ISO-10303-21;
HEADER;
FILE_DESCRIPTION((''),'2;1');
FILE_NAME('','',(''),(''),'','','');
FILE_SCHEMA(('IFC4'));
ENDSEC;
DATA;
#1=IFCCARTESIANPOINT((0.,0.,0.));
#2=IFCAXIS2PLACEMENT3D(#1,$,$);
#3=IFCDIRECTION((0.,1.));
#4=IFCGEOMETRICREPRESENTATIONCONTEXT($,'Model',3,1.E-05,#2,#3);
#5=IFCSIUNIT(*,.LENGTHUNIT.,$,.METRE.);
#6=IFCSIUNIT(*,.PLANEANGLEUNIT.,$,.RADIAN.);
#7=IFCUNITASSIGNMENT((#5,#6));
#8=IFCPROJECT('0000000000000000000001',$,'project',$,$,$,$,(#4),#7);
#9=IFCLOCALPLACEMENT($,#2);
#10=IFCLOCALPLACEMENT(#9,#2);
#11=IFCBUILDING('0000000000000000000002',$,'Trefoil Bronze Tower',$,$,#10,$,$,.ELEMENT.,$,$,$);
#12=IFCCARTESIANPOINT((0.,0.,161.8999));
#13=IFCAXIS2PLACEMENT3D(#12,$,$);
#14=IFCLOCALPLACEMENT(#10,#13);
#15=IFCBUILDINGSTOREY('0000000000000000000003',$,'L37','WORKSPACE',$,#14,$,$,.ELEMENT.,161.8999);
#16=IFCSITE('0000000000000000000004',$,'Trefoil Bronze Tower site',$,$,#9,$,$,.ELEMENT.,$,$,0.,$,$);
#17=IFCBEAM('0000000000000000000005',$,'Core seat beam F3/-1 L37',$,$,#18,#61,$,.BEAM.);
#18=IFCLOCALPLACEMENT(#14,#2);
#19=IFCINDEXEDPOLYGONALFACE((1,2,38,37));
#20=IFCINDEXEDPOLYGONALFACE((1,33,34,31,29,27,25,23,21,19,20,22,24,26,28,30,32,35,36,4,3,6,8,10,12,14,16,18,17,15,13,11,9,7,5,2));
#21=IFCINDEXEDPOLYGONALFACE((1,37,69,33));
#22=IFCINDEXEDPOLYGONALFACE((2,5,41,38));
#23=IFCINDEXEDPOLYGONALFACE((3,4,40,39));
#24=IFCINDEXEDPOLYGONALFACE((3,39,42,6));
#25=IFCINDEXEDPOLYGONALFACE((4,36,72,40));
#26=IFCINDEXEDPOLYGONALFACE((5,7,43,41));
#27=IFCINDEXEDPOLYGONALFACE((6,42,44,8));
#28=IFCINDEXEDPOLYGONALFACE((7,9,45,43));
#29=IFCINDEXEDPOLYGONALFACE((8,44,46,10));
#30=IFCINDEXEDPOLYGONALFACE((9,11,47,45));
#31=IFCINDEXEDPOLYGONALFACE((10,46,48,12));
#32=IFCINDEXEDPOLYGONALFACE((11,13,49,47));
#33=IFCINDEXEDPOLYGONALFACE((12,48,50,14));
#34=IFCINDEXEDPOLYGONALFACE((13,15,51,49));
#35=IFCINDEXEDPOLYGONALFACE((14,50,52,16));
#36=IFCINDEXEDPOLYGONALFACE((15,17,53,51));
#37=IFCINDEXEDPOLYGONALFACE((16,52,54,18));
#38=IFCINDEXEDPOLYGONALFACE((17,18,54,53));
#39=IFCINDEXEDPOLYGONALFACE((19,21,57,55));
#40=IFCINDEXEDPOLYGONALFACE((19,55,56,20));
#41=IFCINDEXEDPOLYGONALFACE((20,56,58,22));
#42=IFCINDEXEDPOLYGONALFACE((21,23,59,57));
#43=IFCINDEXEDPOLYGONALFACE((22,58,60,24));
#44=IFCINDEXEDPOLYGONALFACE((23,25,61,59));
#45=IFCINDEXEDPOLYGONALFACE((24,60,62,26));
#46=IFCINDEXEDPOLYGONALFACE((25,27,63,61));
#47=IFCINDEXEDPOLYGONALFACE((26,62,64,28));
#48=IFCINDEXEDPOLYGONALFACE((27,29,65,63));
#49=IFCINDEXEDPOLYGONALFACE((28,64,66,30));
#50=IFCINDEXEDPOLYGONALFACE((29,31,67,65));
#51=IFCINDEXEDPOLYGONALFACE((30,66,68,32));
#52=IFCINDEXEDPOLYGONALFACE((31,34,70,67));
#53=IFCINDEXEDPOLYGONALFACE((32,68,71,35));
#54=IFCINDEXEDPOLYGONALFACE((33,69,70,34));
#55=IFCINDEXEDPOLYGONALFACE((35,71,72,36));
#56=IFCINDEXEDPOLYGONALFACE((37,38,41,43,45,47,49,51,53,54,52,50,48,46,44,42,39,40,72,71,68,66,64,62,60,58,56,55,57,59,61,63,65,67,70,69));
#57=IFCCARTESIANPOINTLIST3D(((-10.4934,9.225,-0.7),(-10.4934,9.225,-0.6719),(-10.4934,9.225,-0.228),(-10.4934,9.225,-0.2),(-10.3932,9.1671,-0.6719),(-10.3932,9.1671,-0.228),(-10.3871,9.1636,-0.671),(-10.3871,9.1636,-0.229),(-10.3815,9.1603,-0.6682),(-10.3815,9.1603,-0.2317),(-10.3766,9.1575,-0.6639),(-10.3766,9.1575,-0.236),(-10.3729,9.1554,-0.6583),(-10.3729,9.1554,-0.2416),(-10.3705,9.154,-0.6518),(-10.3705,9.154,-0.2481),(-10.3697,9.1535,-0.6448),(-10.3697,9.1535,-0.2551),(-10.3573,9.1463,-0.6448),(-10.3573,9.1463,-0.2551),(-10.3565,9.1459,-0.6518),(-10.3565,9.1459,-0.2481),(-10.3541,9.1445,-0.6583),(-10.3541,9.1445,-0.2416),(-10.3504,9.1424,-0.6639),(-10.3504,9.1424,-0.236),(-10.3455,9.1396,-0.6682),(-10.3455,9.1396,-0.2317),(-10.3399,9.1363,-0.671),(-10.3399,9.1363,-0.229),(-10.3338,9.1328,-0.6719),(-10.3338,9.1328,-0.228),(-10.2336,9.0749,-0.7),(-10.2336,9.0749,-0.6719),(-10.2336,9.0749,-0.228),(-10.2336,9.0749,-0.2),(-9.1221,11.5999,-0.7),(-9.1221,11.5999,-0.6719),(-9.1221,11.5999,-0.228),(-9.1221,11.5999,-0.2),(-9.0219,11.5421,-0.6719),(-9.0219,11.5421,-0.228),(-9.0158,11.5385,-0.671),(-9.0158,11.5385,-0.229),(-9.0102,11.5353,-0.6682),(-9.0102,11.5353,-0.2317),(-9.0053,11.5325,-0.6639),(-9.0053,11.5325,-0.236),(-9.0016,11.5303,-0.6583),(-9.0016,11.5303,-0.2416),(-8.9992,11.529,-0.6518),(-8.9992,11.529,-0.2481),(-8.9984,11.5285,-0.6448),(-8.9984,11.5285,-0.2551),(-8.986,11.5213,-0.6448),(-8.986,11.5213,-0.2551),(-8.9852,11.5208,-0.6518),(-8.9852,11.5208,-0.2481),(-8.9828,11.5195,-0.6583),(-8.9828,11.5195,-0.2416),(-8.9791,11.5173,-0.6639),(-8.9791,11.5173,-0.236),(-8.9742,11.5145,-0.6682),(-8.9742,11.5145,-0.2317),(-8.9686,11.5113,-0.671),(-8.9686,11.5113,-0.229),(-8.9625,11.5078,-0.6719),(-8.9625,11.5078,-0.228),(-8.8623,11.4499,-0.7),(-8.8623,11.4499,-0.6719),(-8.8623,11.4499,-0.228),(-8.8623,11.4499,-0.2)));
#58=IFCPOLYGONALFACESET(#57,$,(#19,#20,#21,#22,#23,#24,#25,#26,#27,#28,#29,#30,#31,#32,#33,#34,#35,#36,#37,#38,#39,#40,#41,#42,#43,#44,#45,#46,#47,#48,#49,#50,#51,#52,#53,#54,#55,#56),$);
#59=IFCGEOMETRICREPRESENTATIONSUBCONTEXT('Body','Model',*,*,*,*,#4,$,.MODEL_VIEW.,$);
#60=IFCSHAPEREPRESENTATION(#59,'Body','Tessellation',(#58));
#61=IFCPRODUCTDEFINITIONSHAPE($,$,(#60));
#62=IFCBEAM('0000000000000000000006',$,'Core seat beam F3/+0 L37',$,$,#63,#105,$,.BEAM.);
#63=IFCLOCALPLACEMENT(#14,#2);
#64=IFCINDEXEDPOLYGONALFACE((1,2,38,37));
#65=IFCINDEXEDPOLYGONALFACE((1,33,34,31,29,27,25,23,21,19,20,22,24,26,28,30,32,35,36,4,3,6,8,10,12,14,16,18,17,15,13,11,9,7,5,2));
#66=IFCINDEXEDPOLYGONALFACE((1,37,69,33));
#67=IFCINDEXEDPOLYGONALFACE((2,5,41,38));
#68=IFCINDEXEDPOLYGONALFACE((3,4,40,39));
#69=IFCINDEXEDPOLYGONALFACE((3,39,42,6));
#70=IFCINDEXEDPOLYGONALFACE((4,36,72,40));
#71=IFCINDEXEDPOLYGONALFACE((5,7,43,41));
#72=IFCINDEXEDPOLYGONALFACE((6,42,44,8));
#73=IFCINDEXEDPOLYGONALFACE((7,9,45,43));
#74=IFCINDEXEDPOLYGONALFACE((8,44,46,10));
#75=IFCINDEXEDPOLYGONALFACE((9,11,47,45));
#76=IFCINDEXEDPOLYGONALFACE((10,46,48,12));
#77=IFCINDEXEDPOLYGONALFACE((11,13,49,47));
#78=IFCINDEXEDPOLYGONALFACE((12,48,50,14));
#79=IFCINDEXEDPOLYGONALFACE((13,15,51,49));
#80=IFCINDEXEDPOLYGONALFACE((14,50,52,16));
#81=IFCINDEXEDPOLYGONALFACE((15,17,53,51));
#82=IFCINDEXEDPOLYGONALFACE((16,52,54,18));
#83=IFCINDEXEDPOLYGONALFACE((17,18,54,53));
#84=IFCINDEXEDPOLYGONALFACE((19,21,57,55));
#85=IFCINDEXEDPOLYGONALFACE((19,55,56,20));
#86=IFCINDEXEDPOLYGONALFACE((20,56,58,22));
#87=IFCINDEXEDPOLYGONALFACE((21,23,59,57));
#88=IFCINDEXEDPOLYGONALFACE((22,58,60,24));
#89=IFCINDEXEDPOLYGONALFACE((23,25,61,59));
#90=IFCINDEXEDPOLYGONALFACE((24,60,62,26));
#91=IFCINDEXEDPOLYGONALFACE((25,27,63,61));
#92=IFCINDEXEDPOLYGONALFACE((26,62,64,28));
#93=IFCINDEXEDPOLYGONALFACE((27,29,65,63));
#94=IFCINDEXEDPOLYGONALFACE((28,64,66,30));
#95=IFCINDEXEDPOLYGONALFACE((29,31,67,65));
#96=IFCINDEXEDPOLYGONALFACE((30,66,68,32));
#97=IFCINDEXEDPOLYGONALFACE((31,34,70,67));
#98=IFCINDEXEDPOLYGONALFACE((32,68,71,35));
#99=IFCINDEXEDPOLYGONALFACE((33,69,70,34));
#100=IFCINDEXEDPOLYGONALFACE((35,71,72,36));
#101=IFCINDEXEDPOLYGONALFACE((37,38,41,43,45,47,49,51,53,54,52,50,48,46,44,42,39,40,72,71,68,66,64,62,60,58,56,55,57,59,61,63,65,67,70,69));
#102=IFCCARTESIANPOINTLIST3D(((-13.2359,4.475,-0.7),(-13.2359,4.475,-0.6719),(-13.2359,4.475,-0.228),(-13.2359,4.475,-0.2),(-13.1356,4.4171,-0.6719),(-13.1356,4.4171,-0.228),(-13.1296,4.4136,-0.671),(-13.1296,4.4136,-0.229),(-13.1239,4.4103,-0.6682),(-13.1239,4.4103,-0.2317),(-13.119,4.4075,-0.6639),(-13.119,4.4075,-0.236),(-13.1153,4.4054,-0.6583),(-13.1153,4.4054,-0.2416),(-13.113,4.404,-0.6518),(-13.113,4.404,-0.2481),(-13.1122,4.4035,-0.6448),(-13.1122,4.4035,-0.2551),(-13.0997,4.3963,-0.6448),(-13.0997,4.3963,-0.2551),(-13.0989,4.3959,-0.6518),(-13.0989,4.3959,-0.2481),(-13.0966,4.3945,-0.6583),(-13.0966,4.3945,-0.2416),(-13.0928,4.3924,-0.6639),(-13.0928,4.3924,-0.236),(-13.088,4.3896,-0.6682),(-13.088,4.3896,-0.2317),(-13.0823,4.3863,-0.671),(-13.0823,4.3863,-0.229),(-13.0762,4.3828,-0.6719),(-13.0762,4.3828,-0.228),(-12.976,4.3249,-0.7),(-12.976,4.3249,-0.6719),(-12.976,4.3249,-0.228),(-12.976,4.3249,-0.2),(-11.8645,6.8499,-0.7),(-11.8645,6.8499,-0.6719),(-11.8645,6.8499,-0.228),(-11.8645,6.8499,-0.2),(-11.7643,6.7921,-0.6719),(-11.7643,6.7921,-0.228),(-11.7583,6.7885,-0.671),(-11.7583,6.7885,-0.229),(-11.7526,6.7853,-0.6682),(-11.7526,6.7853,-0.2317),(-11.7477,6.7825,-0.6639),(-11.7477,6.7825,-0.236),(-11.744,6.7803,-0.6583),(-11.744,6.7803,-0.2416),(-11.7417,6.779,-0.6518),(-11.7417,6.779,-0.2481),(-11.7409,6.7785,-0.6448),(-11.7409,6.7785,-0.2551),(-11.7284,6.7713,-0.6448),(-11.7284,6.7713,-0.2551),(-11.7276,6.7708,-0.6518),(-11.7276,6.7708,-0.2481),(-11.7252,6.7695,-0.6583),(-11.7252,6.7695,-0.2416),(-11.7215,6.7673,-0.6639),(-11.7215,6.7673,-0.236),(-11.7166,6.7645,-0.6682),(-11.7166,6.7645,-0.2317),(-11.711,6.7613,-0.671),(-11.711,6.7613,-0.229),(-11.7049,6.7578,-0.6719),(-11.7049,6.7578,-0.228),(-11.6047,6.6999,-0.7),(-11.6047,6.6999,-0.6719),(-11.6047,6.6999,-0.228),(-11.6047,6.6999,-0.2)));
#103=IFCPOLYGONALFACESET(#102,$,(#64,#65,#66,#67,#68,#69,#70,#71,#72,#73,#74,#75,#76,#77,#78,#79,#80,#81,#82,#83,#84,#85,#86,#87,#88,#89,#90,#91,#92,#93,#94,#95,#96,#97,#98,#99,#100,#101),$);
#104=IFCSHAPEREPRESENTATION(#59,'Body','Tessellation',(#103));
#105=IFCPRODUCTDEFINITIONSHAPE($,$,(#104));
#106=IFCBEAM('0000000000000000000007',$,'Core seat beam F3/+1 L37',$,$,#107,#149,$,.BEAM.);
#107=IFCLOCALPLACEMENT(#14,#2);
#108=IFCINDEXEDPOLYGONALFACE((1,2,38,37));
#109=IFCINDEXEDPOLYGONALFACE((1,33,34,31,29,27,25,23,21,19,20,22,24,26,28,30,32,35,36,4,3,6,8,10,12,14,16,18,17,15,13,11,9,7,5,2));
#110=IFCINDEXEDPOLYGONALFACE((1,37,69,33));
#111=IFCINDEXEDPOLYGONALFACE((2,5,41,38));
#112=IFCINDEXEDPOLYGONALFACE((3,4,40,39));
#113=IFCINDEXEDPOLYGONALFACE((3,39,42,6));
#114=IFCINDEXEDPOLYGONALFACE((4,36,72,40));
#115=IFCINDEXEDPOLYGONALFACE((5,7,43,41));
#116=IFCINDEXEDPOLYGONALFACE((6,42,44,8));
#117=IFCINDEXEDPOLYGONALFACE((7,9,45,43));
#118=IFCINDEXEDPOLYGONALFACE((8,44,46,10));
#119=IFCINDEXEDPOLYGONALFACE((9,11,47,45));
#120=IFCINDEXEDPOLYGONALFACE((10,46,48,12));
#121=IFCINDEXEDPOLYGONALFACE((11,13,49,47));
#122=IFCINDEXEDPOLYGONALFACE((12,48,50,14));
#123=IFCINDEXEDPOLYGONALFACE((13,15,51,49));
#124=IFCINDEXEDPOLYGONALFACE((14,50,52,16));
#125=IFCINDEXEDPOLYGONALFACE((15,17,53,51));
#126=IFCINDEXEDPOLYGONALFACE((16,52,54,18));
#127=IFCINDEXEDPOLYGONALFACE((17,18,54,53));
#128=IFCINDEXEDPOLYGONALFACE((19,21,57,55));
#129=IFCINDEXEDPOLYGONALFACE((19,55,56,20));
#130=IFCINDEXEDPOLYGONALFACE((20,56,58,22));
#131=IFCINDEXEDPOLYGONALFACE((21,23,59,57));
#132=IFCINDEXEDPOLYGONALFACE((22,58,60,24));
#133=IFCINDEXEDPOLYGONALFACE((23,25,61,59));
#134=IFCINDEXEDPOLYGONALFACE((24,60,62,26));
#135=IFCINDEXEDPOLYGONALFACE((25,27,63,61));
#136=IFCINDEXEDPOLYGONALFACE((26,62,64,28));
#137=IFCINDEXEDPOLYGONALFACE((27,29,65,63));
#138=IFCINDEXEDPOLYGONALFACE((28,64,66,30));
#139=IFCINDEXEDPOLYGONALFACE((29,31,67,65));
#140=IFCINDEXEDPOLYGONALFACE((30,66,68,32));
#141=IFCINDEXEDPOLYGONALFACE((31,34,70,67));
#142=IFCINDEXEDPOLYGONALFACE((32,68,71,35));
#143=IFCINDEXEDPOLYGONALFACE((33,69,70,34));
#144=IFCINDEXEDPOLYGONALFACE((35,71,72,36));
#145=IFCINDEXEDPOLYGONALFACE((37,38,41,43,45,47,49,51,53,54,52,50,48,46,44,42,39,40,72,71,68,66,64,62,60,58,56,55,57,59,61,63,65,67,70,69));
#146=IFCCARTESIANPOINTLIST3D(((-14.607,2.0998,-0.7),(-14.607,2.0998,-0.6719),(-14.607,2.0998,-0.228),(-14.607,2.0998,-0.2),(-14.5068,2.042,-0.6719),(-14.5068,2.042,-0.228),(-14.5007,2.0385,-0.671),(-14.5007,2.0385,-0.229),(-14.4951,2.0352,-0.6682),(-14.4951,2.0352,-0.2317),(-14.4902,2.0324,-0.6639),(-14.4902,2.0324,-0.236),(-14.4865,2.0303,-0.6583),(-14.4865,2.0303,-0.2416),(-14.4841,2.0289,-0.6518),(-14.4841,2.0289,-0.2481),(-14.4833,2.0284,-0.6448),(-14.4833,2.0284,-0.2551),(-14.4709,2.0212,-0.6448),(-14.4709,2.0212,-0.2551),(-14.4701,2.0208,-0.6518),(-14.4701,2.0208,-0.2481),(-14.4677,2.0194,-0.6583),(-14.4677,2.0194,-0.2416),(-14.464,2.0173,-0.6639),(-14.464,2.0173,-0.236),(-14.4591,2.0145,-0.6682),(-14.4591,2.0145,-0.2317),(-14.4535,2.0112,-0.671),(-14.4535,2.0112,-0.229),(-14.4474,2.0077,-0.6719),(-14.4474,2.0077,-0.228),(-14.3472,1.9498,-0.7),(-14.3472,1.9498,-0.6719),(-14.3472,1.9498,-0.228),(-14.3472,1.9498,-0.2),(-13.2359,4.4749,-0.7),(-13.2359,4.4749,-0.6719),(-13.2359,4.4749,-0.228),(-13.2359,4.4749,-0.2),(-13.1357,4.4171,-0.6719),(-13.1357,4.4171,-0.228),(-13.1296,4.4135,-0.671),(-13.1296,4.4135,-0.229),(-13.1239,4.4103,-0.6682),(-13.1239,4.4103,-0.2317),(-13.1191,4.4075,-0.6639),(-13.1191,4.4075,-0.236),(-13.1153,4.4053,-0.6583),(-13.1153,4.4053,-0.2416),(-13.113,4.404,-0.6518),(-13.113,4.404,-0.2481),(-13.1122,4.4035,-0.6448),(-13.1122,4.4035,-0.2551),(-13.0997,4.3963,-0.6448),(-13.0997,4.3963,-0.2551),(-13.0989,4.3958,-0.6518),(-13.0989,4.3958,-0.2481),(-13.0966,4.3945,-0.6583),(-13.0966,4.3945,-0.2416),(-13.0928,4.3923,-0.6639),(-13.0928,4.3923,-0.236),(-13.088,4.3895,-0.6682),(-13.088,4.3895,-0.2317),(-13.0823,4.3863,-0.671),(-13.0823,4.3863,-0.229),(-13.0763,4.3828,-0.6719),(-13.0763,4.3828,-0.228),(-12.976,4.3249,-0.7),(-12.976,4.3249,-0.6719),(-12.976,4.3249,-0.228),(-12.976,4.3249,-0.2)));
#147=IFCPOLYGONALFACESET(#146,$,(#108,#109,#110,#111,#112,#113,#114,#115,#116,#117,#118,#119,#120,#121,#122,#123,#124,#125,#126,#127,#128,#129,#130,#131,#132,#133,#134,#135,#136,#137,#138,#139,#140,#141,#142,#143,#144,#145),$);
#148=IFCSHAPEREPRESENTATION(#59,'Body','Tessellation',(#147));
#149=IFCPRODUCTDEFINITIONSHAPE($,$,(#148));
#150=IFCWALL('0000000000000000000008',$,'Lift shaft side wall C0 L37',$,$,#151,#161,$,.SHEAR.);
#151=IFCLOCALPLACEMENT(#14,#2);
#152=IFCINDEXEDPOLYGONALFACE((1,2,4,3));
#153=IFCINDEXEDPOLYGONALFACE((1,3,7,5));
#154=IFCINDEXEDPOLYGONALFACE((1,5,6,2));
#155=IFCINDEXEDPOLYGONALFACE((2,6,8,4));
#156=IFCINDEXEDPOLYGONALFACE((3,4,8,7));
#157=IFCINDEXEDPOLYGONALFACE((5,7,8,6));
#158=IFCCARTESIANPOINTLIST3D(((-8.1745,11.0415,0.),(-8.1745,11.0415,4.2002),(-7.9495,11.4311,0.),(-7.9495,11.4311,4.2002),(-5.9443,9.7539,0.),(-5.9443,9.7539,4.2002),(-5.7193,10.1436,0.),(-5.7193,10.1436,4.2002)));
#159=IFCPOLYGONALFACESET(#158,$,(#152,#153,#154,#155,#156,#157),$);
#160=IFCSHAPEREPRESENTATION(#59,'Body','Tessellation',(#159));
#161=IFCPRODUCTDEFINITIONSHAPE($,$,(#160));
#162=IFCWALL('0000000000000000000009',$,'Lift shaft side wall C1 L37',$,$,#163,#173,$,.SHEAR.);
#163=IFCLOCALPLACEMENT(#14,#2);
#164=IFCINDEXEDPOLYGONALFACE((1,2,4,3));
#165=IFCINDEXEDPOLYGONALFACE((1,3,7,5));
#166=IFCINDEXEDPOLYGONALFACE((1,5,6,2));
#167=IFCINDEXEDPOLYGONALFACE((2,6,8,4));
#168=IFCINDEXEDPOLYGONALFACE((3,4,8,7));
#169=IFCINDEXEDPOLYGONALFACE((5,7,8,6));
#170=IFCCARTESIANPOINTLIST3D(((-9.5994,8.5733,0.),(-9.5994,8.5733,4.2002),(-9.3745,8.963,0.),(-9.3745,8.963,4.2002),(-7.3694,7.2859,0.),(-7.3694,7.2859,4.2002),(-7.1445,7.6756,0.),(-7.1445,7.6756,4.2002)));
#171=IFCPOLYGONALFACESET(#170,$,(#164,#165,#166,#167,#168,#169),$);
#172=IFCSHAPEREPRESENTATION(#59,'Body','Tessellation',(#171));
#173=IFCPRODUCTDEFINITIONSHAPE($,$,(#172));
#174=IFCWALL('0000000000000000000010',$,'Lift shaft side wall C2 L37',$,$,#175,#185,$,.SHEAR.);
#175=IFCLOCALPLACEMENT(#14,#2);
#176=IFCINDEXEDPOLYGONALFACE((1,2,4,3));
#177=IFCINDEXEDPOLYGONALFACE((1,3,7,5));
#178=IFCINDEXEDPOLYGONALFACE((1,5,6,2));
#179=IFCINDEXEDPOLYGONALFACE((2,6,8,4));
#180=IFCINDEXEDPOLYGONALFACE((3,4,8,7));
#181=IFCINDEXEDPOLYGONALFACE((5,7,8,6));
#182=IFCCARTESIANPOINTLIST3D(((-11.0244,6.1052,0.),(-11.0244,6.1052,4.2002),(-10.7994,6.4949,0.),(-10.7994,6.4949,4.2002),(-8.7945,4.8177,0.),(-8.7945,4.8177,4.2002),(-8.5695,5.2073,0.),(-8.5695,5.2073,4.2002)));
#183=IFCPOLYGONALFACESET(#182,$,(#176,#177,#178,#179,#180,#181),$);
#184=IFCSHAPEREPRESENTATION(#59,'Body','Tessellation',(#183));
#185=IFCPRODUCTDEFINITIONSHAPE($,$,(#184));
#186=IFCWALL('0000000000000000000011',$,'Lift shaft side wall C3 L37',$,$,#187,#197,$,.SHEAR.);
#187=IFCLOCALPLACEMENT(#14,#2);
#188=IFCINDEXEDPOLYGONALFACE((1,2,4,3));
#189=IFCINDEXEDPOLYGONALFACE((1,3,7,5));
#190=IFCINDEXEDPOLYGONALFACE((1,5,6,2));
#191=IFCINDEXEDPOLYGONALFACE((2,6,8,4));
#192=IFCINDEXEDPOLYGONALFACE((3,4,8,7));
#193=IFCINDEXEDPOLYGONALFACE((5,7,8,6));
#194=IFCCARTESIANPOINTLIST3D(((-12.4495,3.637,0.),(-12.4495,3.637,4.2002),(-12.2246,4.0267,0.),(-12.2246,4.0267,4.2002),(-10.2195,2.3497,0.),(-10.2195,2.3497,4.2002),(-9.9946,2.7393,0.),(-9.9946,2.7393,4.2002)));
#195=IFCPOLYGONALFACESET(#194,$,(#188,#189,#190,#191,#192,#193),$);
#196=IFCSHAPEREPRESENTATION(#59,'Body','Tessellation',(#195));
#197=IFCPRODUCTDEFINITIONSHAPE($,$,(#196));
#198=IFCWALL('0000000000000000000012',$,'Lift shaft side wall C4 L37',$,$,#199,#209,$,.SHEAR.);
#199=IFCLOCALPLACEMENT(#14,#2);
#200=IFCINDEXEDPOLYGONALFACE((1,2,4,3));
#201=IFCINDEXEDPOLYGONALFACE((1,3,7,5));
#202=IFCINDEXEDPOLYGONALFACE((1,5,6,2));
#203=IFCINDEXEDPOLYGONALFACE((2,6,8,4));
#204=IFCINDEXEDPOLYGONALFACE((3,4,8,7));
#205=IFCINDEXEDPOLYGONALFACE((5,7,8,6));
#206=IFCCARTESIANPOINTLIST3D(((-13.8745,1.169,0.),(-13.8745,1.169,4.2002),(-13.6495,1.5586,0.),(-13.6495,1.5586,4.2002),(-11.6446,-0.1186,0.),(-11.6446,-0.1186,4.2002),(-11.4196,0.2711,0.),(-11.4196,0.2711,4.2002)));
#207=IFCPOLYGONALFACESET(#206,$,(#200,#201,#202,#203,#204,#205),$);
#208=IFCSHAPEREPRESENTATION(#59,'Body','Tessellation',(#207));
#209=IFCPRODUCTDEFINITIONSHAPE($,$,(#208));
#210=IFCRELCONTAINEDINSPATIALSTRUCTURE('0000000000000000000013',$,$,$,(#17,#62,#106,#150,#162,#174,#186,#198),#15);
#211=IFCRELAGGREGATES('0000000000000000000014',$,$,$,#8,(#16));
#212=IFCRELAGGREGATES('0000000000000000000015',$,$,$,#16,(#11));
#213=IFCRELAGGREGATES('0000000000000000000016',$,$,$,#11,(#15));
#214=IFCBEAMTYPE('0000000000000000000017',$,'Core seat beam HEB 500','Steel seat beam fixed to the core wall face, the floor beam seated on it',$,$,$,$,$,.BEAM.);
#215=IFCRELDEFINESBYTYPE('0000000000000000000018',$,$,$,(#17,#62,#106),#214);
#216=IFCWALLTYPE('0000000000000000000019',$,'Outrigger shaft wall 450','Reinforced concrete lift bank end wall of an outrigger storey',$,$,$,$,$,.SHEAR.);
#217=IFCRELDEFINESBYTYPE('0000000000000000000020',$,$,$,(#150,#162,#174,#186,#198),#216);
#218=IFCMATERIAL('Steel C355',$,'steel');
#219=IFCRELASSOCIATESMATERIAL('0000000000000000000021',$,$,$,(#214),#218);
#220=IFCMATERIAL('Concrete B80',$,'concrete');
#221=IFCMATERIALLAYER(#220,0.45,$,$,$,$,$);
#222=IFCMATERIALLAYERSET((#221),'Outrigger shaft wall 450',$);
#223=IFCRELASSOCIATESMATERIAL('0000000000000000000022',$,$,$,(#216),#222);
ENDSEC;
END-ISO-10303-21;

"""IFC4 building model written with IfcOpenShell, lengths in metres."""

from ifc_helpers import new_model, si_unit, direction, frame, frame_2d, origin, origin_2d, place, context, subcontext, project, spatial, rectangle, i_section, extrude, material, layer, layer_set, material_profile, profile_set, type_object, element, save


model = new_model("IFC4")

# Units and contexts
model_context = context("Model", 3, precision=1e-05, world=origin(), true_north=direction((0.0, 1.0)))
body_context = subcontext(model_context, "Body", "Model", "MODEL_VIEW")
ifc_project = project(units=[si_unit("LENGTHUNIT", "METRE"), si_unit("PLANEANGLEUNIT", "RADIAN")], contexts=[model_context])

# Site, building, storey
site_placement = place(None, origin())
site = spatial("IfcSite", under=ifc_project, at=site_placement, Name="Trefoil Bronze Tower site", CompositionType="ELEMENT", RefElevation=0.0)
building_placement = place(site_placement, origin())
building = spatial("IfcBuilding", under=site, at=building_placement, Name="Trefoil Bronze Tower", CompositionType="ELEMENT")
storey_placement = place(building_placement, frame((0.0, 0.0, 161.8999)))
storey = spatial("IfcBuildingStorey", under=building, at=storey_placement, Name="L37", Description="WORKSPACE", CompositionType="ELEMENT", Elevation=161.8999)

# Beams
ifc_material_1 = material(Name="Steel C355", Category="steel")
ifc_material_profile = material_profile(ifc_material_1, i_section(OverallWidth=0.3, OverallDepth=0.5, WebThickness=0.0144, FlangeThickness=0.0281, FilletRadius=0.0271, at=origin_2d()), Name="HEB 500")
ifc_profile_set = profile_set([ifc_material_profile], Name="Steel C355")
beam_type = type_object("IfcBeamType", Name="Core seat beam HEB 500", Description="Steel seat beam fixed to the core wall face, the floor beam seated on it", PredefinedType="BEAM", material=ifc_profile_set)
for number, where, z_axis, x_axis, name in (
    (1, (-8.9922, 11.5249, -0.45), (-0.500036, -0.866005, 0.0), (0.866005, -0.500036, 0.0), "Core seat beam F3/-1 L37"),
    (2, (-11.7346, 6.7749, -0.45), (-0.500036, -0.866005, 0.0), (0.866005, -0.500036, 0.0), "Core seat beam F3/+0 L37"),
    (3, (-13.106, 4.3999, -0.45), (-0.499969, -0.866043, 0.0), (0.866043, -0.499969, 0.0), "Core seat beam F3/+1 L37"),
):
    element("IfcBeam", number, at=place(storey_placement, frame(where, z_axis=z_axis, x_axis=x_axis)), inside=storey, type_object=beam_type, Name=name, PredefinedType="BEAM", context=body_context, shape_type="SweptSolid", body=[
        extrude(i_section(OverallWidth=0.3, OverallDepth=0.5, WebThickness=0.0144, FlangeThickness=0.0281, FilletRadius=0.0271, at=origin_2d()), origin(), (0.0, 0.0, 1.0), 2.7424),
    ])

# Walls
ifc_material_2 = material(Name="Concrete B80", Category="concrete")
ifc_layer_1 = layer(ifc_material_2, 0.45)
ifc_layer_set_1 = layer_set([ifc_layer_1], Name="Outrigger shaft wall 450")
wall_type_1 = type_object("IfcWallType", Name="Outrigger shaft wall 450", Description="Reinforced concrete lift bank end wall of an outrigger storey", PredefinedType="SHEAR", material=ifc_layer_set_1)
wall_1_placement = place(storey_placement, frame((-5.8318, 9.9487, 0.0), z_axis=(0.0, 0.0, 1.0), x_axis=(-0.866029, 0.499993, 0.0)))
element("IfcWall", 4, at=wall_1_placement, inside=storey, type_object=wall_type_1, Name="Lift shaft side wall C0 L37", PredefinedType="SHEAR", context=body_context, shape_type="SweptSolid", body=[
    extrude(rectangle(XDim=2.5752, YDim=0.45, at=frame_2d((1.2876, 0.0))), origin(), (0.0, 0.0, 1.0), 4.2002),
])
for number, where, z_axis, x_axis, name in (
    (5, (-7.2568, 7.4807, 0.0), (0.0, 0.0, 1.0), (-0.866047, 0.499963, 0.0), "Lift shaft side wall C1 L37"),
    (6, (-8.6819, 5.0125, 0.0), (0.0, 0.0, 1.0), (-0.866006, 0.500034, 0.0), "Lift shaft side wall C2 L37"),
    (7, (-10.1069, 2.5444, 0.0), (0.0, 0.0, 1.0), (-0.866047, 0.499963, 0.0), "Lift shaft side wall C3 L37"),
    (8, (-11.532, 0.0762, 0.0), (0.0, 0.0, 1.0), (-0.866006, 0.500034, 0.0), "Lift shaft side wall C4 L37"),
):
    element("IfcWall", number, at=place(storey_placement, frame(where, z_axis=z_axis, x_axis=x_axis)), inside=storey, type_object=wall_type_1, Name=name, PredefinedType="SHEAR", context=body_context, shape_type="SweptSolid", body=[
        extrude(rectangle(XDim=2.575, YDim=0.45, at=frame_2d((1.2876, 0.0))), origin(), (0.0, 0.0, 1.0), 4.2002),
    ])

save(model, "model.ifc")
